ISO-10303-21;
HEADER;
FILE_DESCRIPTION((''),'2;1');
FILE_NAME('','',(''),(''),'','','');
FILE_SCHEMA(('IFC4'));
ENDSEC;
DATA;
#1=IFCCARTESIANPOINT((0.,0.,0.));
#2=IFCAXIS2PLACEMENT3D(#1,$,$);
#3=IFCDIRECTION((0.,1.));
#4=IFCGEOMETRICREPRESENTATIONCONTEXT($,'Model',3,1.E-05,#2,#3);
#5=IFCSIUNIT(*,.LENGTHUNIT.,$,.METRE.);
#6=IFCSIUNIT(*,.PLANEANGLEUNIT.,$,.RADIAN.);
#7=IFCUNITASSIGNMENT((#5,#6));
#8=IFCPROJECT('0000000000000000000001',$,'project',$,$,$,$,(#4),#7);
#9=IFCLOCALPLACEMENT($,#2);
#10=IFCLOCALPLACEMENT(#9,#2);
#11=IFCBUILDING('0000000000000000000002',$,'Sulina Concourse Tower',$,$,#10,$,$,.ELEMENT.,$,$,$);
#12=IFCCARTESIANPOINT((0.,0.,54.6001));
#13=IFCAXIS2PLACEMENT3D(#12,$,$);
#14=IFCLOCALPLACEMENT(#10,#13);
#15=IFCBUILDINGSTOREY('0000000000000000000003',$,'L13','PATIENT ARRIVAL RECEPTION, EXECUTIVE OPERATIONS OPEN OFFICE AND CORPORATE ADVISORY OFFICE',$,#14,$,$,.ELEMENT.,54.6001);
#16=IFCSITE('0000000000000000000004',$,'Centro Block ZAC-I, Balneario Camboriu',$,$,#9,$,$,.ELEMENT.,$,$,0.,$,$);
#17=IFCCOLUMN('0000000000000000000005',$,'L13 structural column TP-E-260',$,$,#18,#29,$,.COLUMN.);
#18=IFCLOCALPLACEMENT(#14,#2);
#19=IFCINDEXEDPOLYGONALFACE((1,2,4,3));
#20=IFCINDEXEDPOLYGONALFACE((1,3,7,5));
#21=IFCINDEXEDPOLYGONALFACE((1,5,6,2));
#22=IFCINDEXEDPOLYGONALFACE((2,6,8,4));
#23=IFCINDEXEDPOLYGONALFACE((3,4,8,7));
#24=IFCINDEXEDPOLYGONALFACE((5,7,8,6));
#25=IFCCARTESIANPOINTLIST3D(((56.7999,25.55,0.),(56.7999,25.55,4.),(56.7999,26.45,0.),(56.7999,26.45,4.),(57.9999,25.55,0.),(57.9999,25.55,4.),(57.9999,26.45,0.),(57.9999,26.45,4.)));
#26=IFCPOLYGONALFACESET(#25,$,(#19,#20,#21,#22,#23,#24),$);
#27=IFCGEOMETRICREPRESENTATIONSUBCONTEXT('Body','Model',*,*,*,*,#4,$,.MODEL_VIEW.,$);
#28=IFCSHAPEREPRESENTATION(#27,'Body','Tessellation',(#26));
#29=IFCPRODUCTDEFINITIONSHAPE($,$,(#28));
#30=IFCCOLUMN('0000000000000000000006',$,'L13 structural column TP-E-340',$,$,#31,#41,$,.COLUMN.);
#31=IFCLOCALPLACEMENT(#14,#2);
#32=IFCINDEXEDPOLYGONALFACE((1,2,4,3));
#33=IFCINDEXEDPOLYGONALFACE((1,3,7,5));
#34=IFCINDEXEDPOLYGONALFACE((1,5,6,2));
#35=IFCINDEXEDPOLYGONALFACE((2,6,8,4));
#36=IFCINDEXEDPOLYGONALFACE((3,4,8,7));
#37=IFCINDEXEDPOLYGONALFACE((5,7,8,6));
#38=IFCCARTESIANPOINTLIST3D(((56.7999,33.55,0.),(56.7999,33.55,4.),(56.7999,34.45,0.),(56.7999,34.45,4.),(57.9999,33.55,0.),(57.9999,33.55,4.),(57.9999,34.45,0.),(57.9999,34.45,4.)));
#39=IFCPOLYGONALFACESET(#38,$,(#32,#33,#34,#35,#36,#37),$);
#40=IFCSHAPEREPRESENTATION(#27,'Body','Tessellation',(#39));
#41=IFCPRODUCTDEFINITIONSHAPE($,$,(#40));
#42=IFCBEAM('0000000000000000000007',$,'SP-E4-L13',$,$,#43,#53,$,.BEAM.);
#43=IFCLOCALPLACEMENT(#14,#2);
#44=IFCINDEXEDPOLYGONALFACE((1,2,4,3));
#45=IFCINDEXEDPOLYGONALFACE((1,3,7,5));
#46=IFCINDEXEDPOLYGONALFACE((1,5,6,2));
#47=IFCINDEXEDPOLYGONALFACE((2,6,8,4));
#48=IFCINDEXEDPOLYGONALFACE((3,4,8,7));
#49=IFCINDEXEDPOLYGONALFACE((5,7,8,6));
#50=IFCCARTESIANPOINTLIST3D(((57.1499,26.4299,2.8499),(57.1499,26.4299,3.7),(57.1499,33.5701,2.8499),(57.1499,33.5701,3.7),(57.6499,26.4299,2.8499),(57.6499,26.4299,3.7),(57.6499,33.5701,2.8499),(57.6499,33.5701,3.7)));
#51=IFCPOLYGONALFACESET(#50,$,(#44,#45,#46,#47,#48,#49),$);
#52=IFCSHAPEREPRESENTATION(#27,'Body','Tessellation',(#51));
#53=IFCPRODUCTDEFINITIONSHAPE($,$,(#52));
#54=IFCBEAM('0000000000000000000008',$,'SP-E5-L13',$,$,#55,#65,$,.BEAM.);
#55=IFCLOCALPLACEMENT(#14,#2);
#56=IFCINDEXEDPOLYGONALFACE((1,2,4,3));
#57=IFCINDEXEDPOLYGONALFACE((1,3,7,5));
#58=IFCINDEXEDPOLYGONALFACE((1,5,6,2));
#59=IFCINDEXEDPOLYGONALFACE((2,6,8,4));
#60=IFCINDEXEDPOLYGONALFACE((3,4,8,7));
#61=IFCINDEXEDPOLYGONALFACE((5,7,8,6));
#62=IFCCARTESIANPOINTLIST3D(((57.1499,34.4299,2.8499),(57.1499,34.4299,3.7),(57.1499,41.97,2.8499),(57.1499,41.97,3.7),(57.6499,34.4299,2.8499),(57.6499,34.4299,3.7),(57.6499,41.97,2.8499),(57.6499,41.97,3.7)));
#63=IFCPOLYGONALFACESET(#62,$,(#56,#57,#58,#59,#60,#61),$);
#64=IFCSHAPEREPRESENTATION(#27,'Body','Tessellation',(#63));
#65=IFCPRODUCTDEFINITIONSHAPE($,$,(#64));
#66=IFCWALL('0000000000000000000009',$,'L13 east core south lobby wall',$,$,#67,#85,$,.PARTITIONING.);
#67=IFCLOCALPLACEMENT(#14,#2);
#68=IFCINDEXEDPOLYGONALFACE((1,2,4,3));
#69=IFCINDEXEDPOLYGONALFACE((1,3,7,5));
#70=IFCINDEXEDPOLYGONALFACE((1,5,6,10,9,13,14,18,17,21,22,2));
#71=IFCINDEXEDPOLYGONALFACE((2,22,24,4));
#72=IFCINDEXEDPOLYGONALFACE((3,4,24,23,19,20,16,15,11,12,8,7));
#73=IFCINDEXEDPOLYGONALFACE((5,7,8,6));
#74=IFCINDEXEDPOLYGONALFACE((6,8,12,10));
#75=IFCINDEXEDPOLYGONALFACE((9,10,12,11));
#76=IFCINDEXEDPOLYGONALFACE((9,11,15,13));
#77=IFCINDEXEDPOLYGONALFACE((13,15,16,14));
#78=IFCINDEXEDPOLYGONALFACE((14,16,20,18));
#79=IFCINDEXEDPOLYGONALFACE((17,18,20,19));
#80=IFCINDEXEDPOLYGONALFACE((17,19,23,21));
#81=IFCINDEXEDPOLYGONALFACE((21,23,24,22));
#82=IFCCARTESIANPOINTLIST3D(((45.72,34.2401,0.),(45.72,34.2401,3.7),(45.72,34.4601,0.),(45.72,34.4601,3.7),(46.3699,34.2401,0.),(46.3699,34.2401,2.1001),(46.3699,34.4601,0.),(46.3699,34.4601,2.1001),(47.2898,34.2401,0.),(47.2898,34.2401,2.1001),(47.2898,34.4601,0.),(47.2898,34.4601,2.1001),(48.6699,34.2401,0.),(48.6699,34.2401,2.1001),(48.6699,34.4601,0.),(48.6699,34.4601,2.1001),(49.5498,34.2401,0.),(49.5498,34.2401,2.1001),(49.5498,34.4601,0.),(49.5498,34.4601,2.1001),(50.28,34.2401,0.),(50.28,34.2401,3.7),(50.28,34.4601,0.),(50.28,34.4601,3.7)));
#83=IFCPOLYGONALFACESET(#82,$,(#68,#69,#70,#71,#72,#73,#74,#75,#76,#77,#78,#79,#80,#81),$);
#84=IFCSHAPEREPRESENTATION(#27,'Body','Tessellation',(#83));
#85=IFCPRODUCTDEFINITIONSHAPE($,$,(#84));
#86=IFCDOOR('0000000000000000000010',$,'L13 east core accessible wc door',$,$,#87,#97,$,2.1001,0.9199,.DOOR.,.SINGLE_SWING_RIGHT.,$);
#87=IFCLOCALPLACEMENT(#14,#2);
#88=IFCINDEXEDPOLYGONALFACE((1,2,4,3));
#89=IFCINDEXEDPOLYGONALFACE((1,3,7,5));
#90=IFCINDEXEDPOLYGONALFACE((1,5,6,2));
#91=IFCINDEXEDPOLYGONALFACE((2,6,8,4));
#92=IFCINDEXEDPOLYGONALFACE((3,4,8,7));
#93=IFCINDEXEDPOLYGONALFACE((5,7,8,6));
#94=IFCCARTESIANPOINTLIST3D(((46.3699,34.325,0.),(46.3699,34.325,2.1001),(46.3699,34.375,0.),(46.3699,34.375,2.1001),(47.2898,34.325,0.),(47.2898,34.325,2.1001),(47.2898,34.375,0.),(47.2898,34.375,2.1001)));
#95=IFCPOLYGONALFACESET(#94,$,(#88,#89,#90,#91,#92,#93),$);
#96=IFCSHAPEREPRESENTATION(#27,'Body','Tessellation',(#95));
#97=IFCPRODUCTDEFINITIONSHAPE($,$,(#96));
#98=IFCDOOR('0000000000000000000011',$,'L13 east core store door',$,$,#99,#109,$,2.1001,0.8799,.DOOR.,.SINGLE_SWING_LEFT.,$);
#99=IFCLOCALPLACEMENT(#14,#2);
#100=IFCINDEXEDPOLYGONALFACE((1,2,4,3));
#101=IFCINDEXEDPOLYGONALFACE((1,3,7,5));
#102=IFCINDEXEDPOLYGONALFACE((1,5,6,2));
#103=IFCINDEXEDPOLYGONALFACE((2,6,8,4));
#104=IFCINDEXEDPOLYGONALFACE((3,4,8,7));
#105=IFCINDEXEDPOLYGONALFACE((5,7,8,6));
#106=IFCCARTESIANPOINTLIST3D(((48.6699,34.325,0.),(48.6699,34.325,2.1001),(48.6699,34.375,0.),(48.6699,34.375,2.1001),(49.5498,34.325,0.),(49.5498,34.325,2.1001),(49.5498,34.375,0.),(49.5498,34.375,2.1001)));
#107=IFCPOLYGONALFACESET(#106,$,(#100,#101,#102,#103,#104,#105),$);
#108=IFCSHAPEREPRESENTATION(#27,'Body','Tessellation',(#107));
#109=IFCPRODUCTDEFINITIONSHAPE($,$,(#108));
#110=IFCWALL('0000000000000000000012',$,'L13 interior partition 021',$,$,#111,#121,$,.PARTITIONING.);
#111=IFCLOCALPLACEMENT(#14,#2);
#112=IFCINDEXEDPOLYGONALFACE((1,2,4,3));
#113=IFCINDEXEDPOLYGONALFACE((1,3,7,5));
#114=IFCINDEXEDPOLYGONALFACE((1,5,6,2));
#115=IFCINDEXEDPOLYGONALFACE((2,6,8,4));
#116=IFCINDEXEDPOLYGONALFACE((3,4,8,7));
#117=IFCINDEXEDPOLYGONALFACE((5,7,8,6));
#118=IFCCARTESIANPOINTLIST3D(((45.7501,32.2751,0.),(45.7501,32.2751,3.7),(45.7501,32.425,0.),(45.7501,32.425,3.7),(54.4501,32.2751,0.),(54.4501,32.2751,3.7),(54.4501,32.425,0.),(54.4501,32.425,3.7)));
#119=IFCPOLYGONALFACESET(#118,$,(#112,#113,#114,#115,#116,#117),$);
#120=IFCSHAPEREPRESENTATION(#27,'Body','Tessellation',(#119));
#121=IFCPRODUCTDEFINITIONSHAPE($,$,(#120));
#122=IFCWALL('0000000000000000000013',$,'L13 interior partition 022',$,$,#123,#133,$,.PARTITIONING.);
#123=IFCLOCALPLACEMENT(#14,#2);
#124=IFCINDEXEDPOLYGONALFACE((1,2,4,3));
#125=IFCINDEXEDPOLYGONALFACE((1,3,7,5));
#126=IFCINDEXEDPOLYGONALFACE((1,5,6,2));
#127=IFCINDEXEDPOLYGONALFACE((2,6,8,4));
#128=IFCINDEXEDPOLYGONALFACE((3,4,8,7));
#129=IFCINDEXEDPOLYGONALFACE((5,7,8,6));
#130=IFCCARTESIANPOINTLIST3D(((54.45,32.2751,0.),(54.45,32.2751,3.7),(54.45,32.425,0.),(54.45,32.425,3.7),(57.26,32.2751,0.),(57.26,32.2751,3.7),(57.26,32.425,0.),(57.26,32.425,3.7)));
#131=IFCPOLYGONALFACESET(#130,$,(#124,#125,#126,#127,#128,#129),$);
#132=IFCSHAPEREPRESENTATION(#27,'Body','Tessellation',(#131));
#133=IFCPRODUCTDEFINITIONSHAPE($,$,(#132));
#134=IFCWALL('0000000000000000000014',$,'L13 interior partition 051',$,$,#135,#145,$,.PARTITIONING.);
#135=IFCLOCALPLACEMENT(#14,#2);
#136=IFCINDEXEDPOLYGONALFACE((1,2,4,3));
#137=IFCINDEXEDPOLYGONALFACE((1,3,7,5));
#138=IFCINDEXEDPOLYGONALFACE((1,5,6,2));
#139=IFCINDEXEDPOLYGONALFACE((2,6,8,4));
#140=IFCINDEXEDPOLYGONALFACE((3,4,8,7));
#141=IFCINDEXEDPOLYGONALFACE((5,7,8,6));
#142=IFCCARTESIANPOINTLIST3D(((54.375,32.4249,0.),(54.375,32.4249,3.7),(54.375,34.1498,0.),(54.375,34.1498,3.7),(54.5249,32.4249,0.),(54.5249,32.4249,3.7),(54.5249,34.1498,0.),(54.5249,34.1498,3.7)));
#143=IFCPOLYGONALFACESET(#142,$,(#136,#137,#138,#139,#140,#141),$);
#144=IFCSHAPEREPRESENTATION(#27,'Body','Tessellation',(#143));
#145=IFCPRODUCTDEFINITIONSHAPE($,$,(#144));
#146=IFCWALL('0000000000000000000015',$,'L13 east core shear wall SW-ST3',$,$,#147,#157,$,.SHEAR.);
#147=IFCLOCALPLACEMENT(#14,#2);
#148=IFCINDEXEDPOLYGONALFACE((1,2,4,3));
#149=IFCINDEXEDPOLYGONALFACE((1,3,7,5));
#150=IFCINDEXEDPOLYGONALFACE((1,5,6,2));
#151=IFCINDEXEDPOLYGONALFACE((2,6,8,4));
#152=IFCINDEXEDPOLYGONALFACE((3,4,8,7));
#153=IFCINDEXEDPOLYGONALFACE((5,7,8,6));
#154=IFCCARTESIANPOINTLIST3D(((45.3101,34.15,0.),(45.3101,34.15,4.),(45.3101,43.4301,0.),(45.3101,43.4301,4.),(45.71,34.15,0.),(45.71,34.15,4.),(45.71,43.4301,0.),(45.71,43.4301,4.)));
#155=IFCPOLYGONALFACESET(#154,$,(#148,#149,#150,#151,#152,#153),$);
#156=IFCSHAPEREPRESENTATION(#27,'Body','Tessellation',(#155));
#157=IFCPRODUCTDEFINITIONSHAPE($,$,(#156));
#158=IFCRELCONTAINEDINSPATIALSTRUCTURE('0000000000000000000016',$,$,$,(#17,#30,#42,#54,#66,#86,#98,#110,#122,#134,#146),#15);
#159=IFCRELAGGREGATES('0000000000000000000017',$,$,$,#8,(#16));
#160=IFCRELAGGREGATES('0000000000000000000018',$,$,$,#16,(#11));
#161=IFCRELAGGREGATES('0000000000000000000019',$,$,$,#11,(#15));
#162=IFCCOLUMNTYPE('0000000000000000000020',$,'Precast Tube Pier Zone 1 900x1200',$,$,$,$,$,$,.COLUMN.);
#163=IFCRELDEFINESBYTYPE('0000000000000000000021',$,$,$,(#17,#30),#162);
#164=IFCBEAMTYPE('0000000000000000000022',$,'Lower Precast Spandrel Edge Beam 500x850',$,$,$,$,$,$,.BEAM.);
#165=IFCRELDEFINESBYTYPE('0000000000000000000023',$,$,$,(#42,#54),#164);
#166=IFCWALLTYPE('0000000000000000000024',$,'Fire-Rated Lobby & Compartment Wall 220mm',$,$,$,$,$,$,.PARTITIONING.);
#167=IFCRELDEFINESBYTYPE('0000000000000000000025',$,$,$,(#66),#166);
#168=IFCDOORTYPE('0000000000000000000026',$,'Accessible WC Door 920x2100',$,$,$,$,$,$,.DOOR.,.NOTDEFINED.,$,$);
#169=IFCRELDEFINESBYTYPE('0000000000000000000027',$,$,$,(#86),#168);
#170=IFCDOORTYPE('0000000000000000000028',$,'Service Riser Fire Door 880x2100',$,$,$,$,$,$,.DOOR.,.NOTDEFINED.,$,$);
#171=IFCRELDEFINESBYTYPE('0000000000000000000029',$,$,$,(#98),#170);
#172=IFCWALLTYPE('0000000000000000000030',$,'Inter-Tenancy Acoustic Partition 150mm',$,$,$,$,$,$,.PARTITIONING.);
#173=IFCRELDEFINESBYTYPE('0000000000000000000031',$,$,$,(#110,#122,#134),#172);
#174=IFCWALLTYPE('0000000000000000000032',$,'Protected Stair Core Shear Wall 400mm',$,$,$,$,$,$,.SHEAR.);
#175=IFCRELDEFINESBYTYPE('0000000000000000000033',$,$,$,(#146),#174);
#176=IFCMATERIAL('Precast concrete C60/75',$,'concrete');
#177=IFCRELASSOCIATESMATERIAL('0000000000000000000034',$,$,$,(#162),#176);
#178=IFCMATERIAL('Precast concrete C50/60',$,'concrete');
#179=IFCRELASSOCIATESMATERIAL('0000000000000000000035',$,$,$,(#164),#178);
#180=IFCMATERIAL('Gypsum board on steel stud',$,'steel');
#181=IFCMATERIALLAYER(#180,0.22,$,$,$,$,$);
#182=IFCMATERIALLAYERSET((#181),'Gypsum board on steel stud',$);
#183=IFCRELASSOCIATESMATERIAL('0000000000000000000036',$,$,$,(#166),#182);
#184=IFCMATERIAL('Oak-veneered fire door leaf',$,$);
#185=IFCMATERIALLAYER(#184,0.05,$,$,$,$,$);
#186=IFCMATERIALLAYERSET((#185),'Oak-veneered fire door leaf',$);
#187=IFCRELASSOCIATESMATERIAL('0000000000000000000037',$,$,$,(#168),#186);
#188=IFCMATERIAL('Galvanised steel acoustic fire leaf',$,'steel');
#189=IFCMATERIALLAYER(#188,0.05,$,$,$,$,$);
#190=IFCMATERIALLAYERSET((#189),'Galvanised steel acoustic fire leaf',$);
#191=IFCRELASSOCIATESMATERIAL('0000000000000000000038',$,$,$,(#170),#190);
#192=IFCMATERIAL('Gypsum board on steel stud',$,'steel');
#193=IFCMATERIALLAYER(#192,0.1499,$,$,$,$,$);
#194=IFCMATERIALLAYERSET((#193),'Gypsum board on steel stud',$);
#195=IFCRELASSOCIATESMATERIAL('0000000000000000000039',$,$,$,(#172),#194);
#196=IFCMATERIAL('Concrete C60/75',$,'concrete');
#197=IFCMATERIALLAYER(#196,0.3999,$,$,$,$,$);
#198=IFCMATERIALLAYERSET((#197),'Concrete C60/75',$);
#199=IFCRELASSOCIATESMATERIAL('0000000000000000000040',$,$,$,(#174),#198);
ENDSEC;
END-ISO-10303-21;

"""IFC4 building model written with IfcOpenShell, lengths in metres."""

from ifc_helpers import new_model, si_unit, direction, frame, frame_2d, origin, origin_2d, place, context, subcontext, project, spatial, rectangle, extrude, material, layer, layer_set, material_profile, profile_set, type_object, element, fill, save


model = new_model("IFC4")

# Units and contexts
model_context = context("Model", 3, precision=1e-05, world=origin(), true_north=direction((0.0, 1.0)))
body_context = subcontext(model_context, "Body", "Model", "MODEL_VIEW")
ifc_project = project(units=[si_unit("LENGTHUNIT", "METRE"), si_unit("PLANEANGLEUNIT", "RADIAN")], contexts=[model_context])

# Site, building, storey
site_placement = place(None, origin())
site = spatial("IfcSite", under=ifc_project, at=site_placement, Name="Centro Block ZAC-I, Balneario Camboriu", CompositionType="ELEMENT", RefElevation=0.0)
building_placement = place(site_placement, origin())
building = spatial("IfcBuilding", under=site, at=building_placement, Name="Sulina Concourse Tower", CompositionType="ELEMENT")
storey_placement = place(building_placement, frame((0.0, 0.0, 54.6001)))
storey = spatial("IfcBuildingStorey", under=building, at=storey_placement, Name="L13", Description="PATIENT ARRIVAL RECEPTION, EXECUTIVE OPERATIONS OPEN OFFICE AND CORPORATE ADVISORY OFFICE", CompositionType="ELEMENT", Elevation=54.6001)

# Columns
ifc_material_1 = material(Name="Precast concrete C60/75", Category="concrete")
ifc_material_profile_1 = material_profile(ifc_material_1, rectangle(XDim=0.8999, YDim=1.2, at=origin_2d()), Name="PC 900x1200")
ifc_profile_set_1 = profile_set([ifc_material_profile_1], Name="Precast concrete C60/75")
column_type = type_object("IfcColumnType", Name="Precast Tube Pier Zone 1 900x1200", PredefinedType="COLUMN", material=ifc_profile_set_1)
for number, where, z_axis, x_axis, name in (
    (1, (57.3999, 26.0, 0.0), (0.0, 0.0, 1.0), (0.0, 1.0, 0.0), "L13 structural column TP-E-260"),
    (2, (57.3999, 34.0, 0.0), (0.0, 0.0, 1.0), (0.0, 1.0, 0.0), "L13 structural column TP-E-340"),
):
    element("IfcColumn", number, at=place(storey_placement, frame(where, z_axis=z_axis, x_axis=x_axis)), inside=storey, type_object=column_type, Name=name, PredefinedType="COLUMN", context=body_context, shape_type="SweptSolid", body=[
        extrude(rectangle(XDim=0.8999, YDim=1.2, at=origin_2d()), origin(), (0.0, 0.0, 1.0), 4.0),
    ])

# Beams
ifc_material_2 = material(Name="Precast concrete C50/60", Category="concrete")
ifc_material_profile_2 = material_profile(ifc_material_2, rectangle(XDim=0.5, YDim=0.8501, at=origin_2d()), Name="RC 500x850")
ifc_profile_set_2 = profile_set([ifc_material_profile_2], Name="Precast concrete C50/60")
beam_type = type_object("IfcBeamType", Name="Lower Precast Spandrel Edge Beam 500x850", PredefinedType="BEAM", material=ifc_profile_set_2)
beam_1_placement = place(storey_placement, frame((57.3999, 26.4299, 3.2749), z_axis=(0.0, 1.0, 0.0), x_axis=(-1.0, 0.0, 0.0)))
element("IfcBeam", 3, at=beam_1_placement, inside=storey, type_object=beam_type, Name="SP-E4-L13", PredefinedType="BEAM", context=body_context, shape_type="SweptSolid", body=[
    extrude(rectangle(XDim=0.5, YDim=0.8501, at=origin_2d()), origin(), (0.0, 0.0, 1.0), 7.1401),
])
beam_2_placement = place(storey_placement, frame((57.3999, 34.4299, 3.2749), z_axis=(0.0, 1.0, 0.0), x_axis=(-1.0, 0.0, 0.0)))
element("IfcBeam", 4, at=beam_2_placement, inside=storey, type_object=beam_type, Name="SP-E5-L13", PredefinedType="BEAM", context=body_context, shape_type="SweptSolid", body=[
    extrude(rectangle(XDim=0.5, YDim=0.8501, at=origin_2d()), origin(), (0.0, 0.0, 1.0), 7.54),
])

# Wall, openings, doors
ifc_material_3 = material(Name="Gypsum board on steel stud", Category="steel")
ifc_layer_1 = layer(ifc_material_3, 0.22)
ifc_layer_set_1 = layer_set([ifc_layer_1], Name="Gypsum board on steel stud")
wall_type_1 = type_object("IfcWallType", Name="Fire-Rated Lobby & Compartment Wall 220mm", PredefinedType="PARTITIONING", material=ifc_layer_set_1)
wall_1_placement = place(storey_placement, frame((45.72, 34.3501, 0.0), z_axis=(0.0, 0.0, 1.0), x_axis=(1.0, 0.0, 0.0)))
wall_1 = element("IfcWall", 5, at=wall_1_placement, inside=storey, type_object=wall_type_1, Name="L13 east core south lobby wall", PredefinedType="PARTITIONING", context=body_context, shape_type="SweptSolid", body=[
    extrude(rectangle(XDim=4.5601, YDim=0.22, at=frame_2d((2.28, 0.0))), origin(), (0.0, 0.0, 1.0), 3.7),
])
opening_1_placement = place(wall_1_placement, frame((0.6499, 0.0, 0.0)))
opening_1 = element("IfcOpeningElement", 6, at=opening_1_placement, cuts=wall_1, PredefinedType="OPENING", context=body_context, shape_type="SweptSolid", body=[
    extrude(rectangle(XDim=0.9199, YDim=2.1001, at=frame_2d((0.46, 1.05))), frame((0.0, 0.1199, 0.0), z_axis=(0.0, -1.0, 0.0), x_axis=(1.0, 0.0, 0.0)), (0.0, 0.0, 1.0), 0.24),
])
opening_2_placement = place(wall_1_placement, frame((2.95, 0.0, 0.0)))
opening_2 = element("IfcOpeningElement", 7, at=opening_2_placement, cuts=wall_1, PredefinedType="OPENING", context=body_context, shape_type="SweptSolid", body=[
    extrude(rectangle(XDim=0.8799, YDim=2.1001, at=frame_2d((0.4399, 1.05))), frame((0.0, 0.1199, 0.0), z_axis=(0.0, -1.0, 0.0), x_axis=(1.0, 0.0, 0.0)), (0.0, 0.0, 1.0), 0.24),
])
ifc_material_4 = material(Name="Oak-veneered fire door leaf")
ifc_layer_2 = layer(ifc_material_4, 0.05)
ifc_layer_set_2 = layer_set([ifc_layer_2], Name="Oak-veneered fire door leaf")
door_type_1 = type_object("IfcDoorType", Name="Accessible WC Door 920x2100", OperationType="NOTDEFINED", PredefinedType="DOOR", material=ifc_layer_set_2)
door_1_placement = place(opening_1_placement, origin())
door_1 = element("IfcDoor", 8, at=door_1_placement, inside=storey, type_object=door_type_1, Name="L13 east core accessible wc door", OperationType="SINGLE_SWING_RIGHT", OverallHeight=2.1001, OverallWidth=0.9199, PredefinedType="DOOR", context=body_context, shape_type="SweptSolid", body=[
    extrude(rectangle(XDim=0.9199, YDim=2.1001, at=frame_2d((0.46, 1.05))), frame((0.0, 0.0249, 0.0), z_axis=(0.0, -1.0, 0.0), x_axis=(1.0, 0.0, 0.0)), (0.0, 0.0, 1.0), 0.05),
])
fill(opening_1, door_1)
ifc_material_5 = material(Name="Galvanised steel acoustic fire leaf", Category="steel")
ifc_layer_3 = layer(ifc_material_5, 0.05)
ifc_layer_set_3 = layer_set([ifc_layer_3], Name="Galvanised steel acoustic fire leaf")
door_type_2 = type_object("IfcDoorType", Name="Service Riser Fire Door 880x2100", OperationType="NOTDEFINED", PredefinedType="DOOR", material=ifc_layer_set_3)
door_2_placement = place(opening_2_placement, origin())
door_2 = element("IfcDoor", 9, at=door_2_placement, inside=storey, type_object=door_type_2, Name="L13 east core store door", OperationType="SINGLE_SWING_LEFT", OverallHeight=2.1001, OverallWidth=0.8799, PredefinedType="DOOR", context=body_context, shape_type="SweptSolid", body=[
    extrude(rectangle(XDim=0.8799, YDim=2.1001, at=frame_2d((0.4399, 1.05))), frame((0.0, 0.0249, 0.0), z_axis=(0.0, -1.0, 0.0), x_axis=(1.0, 0.0, 0.0)), (0.0, 0.0, 1.0), 0.05),
])
fill(opening_2, door_2)

# Walls
ifc_material_6 = material(Name="Gypsum board on steel stud", Category="steel")
ifc_layer_4 = layer(ifc_material_6, 0.1499)
ifc_layer_set_4 = layer_set([ifc_layer_4], Name="Gypsum board on steel stud")
wall_type_2 = type_object("IfcWallType", Name="Inter-Tenancy Acoustic Partition 150mm", PredefinedType="PARTITIONING", material=ifc_layer_set_4)
wall_2_placement = place(storey_placement, frame((45.75, 32.3501, 0.0), z_axis=(0.0, 0.0, 1.0), x_axis=(1.0, 0.0, 0.0)))
element("IfcWall", 10, at=wall_2_placement, inside=storey, type_object=wall_type_2, Name="L13 interior partition 021", PredefinedType="PARTITIONING", context=body_context, shape_type="SweptSolid", body=[
    extrude(rectangle(XDim=8.7, YDim=0.1499, at=frame_2d((4.3501, 0.0))), origin(), (0.0, 0.0, 1.0), 3.7),
])
wall_3_placement = place(storey_placement, frame((54.45, 32.3501, 0.0), z_axis=(0.0, 0.0, 1.0), x_axis=(1.0, 0.0, 0.0)))
element("IfcWall", 11, at=wall_3_placement, inside=storey, type_object=wall_type_2, Name="L13 interior partition 022", PredefinedType="PARTITIONING", context=body_context, shape_type="SweptSolid", body=[
    extrude(rectangle(XDim=2.8101, YDim=0.1499, at=frame_2d((1.405, 0.0))), origin(), (0.0, 0.0, 1.0), 3.7),
])
wall_4_placement = place(storey_placement, frame((54.45, 32.425, 0.0), z_axis=(0.0, 0.0, 1.0), x_axis=(0.0, 1.0, 0.0)))
element("IfcWall", 12, at=wall_4_placement, inside=storey, type_object=wall_type_2, Name="L13 interior partition 051", PredefinedType="PARTITIONING", context=body_context, shape_type="SweptSolid", body=[
    extrude(rectangle(XDim=1.7249, YDim=0.1499, at=frame_2d((0.8623, 0.0))), origin(), (0.0, 0.0, 1.0), 3.7),
])
ifc_material_7 = material(Name="Concrete C60/75", Category="concrete")
ifc_layer_5 = layer(ifc_material_7, 0.3999)
ifc_layer_set_5 = layer_set([ifc_layer_5], Name="Concrete C60/75")
wall_type_3 = type_object("IfcWallType", Name="Protected Stair Core Shear Wall 400mm", PredefinedType="SHEAR", material=ifc_layer_set_5)
wall_5_placement = place(storey_placement, frame((45.51, 34.1499, 0.0), z_axis=(0.0, 0.0, 1.0), x_axis=(0.0, 1.0, 0.0)))
element("IfcWall", 13, at=wall_5_placement, inside=storey, type_object=wall_type_3, Name="L13 east core shear wall SW-ST3", PredefinedType="SHEAR", context=body_context, shape_type="SweptSolid", body=[
    extrude(rectangle(XDim=9.28, YDim=0.3999, at=frame_2d((4.6401, 0.0))), origin(), (0.0, 0.0, 1.0), 4.0),
])

save(model, "model.ifc")
